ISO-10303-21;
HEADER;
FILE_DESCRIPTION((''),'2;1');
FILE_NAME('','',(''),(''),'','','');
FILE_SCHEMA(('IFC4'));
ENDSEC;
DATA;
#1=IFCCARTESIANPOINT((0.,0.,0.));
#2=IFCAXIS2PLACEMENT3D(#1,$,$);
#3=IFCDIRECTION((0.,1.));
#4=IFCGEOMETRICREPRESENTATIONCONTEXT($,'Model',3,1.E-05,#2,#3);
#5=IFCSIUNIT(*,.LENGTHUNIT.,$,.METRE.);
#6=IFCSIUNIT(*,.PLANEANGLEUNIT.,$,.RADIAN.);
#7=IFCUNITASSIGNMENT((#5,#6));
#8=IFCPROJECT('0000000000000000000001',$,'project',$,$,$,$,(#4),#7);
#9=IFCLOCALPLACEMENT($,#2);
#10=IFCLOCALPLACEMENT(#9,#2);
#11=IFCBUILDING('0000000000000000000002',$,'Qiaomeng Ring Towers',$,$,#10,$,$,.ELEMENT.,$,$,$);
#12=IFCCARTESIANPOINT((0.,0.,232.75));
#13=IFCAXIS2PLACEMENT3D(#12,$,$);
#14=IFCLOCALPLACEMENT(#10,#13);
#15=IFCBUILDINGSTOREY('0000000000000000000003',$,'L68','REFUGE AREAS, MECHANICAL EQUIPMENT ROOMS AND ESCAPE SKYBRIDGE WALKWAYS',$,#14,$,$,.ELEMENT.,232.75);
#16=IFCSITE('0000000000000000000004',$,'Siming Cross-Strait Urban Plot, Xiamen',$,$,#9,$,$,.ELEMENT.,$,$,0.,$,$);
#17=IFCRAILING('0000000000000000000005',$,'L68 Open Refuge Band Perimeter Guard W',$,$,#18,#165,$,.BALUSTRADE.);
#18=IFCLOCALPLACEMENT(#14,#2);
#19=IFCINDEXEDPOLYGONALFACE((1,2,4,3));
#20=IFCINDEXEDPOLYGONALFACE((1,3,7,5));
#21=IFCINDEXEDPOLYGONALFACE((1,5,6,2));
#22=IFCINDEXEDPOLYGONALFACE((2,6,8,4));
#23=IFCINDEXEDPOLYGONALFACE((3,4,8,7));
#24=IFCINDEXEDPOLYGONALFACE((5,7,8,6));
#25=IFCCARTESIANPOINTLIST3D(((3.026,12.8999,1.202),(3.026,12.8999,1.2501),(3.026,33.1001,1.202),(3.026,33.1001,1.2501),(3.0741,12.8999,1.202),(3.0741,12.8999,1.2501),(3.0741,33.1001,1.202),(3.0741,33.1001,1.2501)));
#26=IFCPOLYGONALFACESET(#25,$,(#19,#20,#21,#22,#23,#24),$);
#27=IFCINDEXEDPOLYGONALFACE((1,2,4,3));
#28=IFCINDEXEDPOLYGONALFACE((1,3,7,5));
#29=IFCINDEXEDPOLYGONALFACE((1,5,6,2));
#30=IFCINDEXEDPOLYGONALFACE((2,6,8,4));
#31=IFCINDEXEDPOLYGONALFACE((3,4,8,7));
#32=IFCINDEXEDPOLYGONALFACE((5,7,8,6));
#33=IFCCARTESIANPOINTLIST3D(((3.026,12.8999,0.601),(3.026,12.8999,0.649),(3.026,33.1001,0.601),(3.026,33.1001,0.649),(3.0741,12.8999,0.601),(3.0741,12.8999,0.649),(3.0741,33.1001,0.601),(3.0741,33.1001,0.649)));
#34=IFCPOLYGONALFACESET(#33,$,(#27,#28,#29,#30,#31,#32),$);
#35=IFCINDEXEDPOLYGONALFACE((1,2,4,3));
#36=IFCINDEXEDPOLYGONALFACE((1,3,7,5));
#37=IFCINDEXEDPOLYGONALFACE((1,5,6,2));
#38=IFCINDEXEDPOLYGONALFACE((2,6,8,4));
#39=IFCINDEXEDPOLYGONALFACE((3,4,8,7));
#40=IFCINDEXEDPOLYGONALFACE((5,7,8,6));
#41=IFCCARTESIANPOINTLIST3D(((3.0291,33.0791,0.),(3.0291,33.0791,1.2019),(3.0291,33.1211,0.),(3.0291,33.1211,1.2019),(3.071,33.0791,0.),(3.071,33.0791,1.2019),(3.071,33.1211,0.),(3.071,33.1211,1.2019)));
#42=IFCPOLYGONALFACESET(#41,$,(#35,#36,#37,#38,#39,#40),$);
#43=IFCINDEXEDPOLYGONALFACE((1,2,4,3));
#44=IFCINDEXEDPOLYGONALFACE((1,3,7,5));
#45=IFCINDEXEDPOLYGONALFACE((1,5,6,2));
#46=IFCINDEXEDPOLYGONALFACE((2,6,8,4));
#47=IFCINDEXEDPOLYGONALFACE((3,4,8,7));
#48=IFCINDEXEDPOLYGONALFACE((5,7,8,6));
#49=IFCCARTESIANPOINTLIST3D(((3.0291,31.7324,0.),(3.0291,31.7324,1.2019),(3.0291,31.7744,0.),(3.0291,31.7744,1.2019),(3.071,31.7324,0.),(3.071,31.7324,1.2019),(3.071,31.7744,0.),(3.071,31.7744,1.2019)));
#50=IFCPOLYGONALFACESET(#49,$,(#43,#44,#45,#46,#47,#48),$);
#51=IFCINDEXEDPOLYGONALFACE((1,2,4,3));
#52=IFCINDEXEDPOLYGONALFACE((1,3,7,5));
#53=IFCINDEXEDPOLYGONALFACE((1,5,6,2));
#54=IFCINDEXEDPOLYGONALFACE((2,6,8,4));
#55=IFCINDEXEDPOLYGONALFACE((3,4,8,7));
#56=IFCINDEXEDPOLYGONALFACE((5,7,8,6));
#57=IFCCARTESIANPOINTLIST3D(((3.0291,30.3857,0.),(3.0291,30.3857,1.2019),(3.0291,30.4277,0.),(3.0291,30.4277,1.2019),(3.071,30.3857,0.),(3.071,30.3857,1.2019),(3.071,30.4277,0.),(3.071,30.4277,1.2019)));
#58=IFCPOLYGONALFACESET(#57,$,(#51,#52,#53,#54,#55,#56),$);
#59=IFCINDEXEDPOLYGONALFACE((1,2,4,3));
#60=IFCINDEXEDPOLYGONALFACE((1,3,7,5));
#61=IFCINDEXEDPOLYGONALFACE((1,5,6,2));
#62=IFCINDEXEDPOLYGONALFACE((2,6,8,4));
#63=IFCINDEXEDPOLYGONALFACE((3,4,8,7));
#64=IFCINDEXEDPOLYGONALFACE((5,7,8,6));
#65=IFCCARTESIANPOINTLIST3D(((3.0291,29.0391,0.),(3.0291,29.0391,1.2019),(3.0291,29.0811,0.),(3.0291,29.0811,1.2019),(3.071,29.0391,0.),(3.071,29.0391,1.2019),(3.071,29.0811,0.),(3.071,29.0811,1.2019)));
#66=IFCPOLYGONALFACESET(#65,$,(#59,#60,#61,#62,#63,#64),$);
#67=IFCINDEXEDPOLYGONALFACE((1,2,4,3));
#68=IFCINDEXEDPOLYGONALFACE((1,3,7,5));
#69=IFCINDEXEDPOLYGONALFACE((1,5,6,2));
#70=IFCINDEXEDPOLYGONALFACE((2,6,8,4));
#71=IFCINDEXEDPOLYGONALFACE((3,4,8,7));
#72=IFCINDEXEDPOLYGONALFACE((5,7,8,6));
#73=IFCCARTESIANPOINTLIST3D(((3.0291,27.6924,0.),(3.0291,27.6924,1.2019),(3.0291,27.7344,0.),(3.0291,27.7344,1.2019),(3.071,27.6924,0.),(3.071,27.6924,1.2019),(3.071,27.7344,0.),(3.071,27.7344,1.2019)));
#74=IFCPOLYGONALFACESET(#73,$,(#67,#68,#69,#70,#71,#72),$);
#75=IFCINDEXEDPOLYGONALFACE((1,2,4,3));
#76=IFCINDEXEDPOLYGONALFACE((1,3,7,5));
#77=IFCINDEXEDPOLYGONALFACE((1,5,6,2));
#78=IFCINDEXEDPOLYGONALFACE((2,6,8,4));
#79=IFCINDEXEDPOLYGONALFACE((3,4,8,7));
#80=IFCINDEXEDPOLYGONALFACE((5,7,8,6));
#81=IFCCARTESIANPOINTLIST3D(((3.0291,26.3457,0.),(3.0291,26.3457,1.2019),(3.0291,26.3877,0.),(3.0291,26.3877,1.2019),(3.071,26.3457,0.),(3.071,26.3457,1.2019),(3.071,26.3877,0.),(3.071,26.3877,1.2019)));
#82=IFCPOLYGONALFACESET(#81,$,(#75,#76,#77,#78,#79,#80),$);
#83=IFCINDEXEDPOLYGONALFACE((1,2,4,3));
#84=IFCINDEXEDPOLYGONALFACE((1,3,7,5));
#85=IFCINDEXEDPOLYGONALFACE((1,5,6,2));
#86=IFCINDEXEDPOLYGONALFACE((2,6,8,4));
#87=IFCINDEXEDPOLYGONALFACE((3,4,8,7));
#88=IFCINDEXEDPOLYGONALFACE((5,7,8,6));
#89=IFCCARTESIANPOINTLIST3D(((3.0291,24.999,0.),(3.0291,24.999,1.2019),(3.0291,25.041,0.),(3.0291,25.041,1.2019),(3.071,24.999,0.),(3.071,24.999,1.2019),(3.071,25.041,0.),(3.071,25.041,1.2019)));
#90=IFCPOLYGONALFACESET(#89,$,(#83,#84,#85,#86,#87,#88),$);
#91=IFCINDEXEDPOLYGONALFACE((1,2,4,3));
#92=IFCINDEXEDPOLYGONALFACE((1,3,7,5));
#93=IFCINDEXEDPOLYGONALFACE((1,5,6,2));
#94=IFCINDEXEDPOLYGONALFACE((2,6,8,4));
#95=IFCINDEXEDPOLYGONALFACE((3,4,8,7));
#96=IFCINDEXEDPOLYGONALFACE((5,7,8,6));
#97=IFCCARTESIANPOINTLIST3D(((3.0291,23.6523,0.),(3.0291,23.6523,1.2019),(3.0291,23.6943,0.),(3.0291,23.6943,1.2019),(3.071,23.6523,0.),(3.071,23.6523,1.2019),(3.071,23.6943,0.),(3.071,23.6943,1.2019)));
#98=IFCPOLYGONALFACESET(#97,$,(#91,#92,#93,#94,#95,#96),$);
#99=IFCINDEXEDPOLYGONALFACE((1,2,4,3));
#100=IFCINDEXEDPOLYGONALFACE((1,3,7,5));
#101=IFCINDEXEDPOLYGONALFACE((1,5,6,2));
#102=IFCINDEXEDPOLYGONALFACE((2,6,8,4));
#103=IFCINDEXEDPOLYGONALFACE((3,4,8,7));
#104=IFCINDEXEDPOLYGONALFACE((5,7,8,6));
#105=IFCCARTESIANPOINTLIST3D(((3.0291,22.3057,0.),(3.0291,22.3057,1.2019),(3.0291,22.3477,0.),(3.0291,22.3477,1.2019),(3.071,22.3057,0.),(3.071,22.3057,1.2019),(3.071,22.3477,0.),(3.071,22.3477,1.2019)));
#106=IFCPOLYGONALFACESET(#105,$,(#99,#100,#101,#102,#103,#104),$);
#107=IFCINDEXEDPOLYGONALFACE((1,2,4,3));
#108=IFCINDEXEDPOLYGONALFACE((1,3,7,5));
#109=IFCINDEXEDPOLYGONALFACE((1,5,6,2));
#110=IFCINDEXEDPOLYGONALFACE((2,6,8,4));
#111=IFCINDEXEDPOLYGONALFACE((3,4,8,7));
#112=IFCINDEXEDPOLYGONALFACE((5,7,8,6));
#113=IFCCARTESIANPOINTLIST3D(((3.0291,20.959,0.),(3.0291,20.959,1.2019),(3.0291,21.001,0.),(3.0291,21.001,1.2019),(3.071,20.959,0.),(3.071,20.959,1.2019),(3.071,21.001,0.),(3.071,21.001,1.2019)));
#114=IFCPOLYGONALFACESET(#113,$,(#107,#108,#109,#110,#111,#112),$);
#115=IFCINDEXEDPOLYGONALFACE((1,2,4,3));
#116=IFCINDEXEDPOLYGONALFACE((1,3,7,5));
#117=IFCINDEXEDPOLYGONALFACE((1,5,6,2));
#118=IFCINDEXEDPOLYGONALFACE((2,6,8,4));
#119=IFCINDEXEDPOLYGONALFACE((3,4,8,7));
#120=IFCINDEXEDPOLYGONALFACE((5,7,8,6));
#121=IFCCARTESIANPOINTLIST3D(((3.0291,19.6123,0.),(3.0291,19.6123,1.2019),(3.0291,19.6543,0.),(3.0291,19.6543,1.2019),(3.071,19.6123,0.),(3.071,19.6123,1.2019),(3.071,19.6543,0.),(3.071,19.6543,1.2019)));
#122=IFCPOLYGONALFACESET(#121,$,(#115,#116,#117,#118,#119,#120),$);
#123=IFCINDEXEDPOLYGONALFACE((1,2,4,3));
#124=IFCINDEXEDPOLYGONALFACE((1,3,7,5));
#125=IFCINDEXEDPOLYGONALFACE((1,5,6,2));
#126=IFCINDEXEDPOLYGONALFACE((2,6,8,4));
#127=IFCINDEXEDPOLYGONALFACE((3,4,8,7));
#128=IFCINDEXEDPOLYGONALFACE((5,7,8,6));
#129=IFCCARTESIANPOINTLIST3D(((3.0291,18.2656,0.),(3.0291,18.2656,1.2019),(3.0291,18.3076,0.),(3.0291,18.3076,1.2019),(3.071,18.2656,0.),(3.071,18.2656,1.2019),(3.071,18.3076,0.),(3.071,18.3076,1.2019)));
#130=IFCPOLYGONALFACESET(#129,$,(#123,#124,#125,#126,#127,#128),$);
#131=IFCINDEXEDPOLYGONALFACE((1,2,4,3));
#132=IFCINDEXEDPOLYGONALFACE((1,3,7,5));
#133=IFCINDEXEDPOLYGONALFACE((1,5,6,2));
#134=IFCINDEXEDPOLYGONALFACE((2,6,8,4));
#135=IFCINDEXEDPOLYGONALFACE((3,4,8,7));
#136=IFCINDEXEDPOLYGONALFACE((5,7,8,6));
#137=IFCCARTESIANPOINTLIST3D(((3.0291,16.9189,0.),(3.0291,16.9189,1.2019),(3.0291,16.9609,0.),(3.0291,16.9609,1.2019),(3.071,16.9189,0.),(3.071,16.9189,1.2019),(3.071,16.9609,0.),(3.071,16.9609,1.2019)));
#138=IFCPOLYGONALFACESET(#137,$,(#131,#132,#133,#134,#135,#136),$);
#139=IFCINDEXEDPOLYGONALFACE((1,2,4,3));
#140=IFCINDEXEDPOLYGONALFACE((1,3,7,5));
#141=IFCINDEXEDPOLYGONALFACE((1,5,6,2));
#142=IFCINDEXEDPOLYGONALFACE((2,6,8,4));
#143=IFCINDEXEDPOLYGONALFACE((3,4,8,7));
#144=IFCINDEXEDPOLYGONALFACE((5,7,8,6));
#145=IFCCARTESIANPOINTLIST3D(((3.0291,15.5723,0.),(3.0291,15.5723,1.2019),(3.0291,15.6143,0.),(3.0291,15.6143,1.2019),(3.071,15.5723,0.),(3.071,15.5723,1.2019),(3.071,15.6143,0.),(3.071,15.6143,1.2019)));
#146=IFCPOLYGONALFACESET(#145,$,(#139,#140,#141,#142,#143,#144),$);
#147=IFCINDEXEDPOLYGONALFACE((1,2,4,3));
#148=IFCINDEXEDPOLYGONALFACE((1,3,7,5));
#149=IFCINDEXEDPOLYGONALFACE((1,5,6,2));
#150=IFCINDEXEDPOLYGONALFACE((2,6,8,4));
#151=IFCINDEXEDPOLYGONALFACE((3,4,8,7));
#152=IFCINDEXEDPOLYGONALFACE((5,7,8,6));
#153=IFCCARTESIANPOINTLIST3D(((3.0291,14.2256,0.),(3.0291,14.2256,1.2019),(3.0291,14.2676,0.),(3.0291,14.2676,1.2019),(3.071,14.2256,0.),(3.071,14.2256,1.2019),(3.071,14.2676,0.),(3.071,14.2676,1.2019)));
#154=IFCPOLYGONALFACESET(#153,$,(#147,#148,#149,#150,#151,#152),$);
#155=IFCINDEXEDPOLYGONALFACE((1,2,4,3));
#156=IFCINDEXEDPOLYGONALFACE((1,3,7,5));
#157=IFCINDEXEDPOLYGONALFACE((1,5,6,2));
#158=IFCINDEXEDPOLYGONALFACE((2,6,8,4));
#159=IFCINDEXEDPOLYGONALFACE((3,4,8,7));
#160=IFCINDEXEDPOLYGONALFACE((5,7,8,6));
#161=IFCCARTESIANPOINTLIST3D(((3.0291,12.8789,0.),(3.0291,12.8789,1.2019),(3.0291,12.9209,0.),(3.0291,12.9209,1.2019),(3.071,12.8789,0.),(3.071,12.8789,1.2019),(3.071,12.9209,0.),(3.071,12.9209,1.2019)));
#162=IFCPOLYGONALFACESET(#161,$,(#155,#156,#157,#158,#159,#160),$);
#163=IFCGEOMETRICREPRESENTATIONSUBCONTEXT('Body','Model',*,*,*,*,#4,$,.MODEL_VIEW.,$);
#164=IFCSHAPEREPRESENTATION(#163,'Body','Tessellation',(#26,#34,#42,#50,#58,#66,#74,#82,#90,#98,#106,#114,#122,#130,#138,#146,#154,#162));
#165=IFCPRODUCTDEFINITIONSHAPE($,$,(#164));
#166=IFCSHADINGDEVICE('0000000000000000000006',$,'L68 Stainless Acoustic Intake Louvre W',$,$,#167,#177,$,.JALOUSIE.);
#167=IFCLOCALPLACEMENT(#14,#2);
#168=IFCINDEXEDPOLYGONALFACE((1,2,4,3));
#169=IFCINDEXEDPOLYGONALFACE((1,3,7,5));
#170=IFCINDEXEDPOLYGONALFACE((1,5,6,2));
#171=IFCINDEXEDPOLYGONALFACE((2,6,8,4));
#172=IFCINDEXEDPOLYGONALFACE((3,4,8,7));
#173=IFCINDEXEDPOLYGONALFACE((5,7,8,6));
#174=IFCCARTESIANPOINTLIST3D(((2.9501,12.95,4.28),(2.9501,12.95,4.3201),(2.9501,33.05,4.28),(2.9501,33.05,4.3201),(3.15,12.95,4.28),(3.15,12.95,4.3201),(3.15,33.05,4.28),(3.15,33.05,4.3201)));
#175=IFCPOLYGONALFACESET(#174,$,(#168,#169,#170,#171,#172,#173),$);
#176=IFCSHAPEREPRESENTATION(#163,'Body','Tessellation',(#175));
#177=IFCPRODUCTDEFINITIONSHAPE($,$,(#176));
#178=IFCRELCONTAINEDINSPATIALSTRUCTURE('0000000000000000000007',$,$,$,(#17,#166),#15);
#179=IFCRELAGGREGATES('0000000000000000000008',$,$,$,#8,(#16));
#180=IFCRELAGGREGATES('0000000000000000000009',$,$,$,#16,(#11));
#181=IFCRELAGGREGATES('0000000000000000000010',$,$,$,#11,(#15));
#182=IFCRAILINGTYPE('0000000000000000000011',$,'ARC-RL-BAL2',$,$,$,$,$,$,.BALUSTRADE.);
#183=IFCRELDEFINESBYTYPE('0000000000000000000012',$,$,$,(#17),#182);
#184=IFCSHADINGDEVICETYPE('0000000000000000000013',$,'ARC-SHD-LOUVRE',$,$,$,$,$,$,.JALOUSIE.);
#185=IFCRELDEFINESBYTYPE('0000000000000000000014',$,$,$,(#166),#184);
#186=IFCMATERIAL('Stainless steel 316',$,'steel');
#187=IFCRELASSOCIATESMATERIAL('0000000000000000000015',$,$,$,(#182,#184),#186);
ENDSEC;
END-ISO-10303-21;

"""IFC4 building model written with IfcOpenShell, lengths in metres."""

from ifc_helpers import new_model, si_unit, direction, frame, origin, origin_2d, place, context, subcontext, project, spatial, rectangle, extrude, source, transform, mapped, material, material_profile, profile_set, type_object, element, save


model = new_model("IFC4")

# Units and contexts
model_context = context("Model", 3, precision=1e-05, world=origin(), true_north=direction((0.0, 1.0)))
body_context = subcontext(model_context, "Body", "Model", "MODEL_VIEW")
ifc_project = project(units=[si_unit("LENGTHUNIT", "METRE"), si_unit("PLANEANGLEUNIT", "RADIAN")], contexts=[model_context])

# Site, building, storey
site_placement = place(None, origin())
site = spatial("IfcSite", under=ifc_project, at=site_placement, Name="Siming Cross-Strait Urban Plot, Xiamen", CompositionType="ELEMENT", RefElevation=0.0)
building_placement = place(site_placement, origin())
building = spatial("IfcBuilding", under=site, at=building_placement, Name="Qiaomeng Ring Towers", CompositionType="ELEMENT")
storey_placement = place(building_placement, frame((0.0, 0.0, 232.75)))
storey = spatial("IfcBuildingStorey", under=building, at=storey_placement, Name="L68", Description="REFUGE AREAS, MECHANICAL EQUIPMENT ROOMS AND ESCAPE SKYBRIDGE WALKWAYS", CompositionType="ELEMENT", Elevation=232.75)

# Railing
ifc_material_1 = material(Name="Stainless steel 316", Category="steel")
railing_type = type_object("IfcRailingType", Name="ARC-RL-BAL2", PredefinedType="BALUSTRADE", material=ifc_material_1)
railing_placement = place(storey_placement, frame((3.05, 33.1001, 0.0)))
element("IfcRailing", 1, at=railing_placement, inside=storey, type_object=railing_type, Name="L68 Open Refuge Band Perimeter Guard W", PredefinedType="BALUSTRADE", context=body_context, shape_type="SweptSolid", body=[
    extrude(rectangle(XDim=0.0481, YDim=0.0481, at=origin_2d()), frame((0.0, 0.0, 1.2261), z_axis=(0.0, -1.0, 0.0), x_axis=(1.0, 0.0, 0.0)), (0.0, 0.0, 1.0), 20.2002),
    extrude(rectangle(XDim=0.0481, YDim=0.0481, at=origin_2d()), frame((0.0, 0.0, 0.625), z_axis=(0.0, -1.0, 0.0), x_axis=(1.0, 0.0, 0.0)), (0.0, 0.0, 1.0), 20.2002),
    extrude(rectangle(XDim=0.042, YDim=0.042, at=origin_2d()), origin(), (0.0, 0.0, 1.0), 1.2019),
    extrude(rectangle(XDim=0.042, YDim=0.042, at=origin_2d()), frame((0.0, -1.3467, 0.0)), (0.0, 0.0, 1.0), 1.2019),
    extrude(rectangle(XDim=0.042, YDim=0.042, at=origin_2d()), frame((0.0, -2.6934, 0.0)), (0.0, 0.0, 1.0), 1.2019),
    extrude(rectangle(XDim=0.042, YDim=0.042, at=origin_2d()), frame((0.0, -4.04, 0.0)), (0.0, 0.0, 1.0), 1.2019),
    extrude(rectangle(XDim=0.042, YDim=0.042, at=origin_2d()), frame((0.0, -5.3867, 0.0)), (0.0, 0.0, 1.0), 1.2019),
    extrude(rectangle(XDim=0.042, YDim=0.042, at=origin_2d()), frame((0.0, -6.7334, 0.0)), (0.0, 0.0, 1.0), 1.2019),
    extrude(rectangle(XDim=0.042, YDim=0.042, at=origin_2d()), frame((0.0, -8.0801, 0.0)), (0.0, 0.0, 1.0), 1.2019),
    extrude(rectangle(XDim=0.042, YDim=0.042, at=origin_2d()), frame((0.0, -9.4268, 0.0)), (0.0, 0.0, 1.0), 1.2019),
    extrude(rectangle(XDim=0.042, YDim=0.042, at=origin_2d()), frame((0.0, -10.7734, 0.0)), (0.0, 0.0, 1.0), 1.2019),
    extrude(rectangle(XDim=0.042, YDim=0.042, at=origin_2d()), frame((0.0, -12.1201, 0.0)), (0.0, 0.0, 1.0), 1.2019),
    extrude(rectangle(XDim=0.042, YDim=0.042, at=origin_2d()), frame((0.0, -13.4668, 0.0)), (0.0, 0.0, 1.0), 1.2019),
    extrude(rectangle(XDim=0.042, YDim=0.042, at=origin_2d()), frame((0.0, -14.8135, 0.0)), (0.0, 0.0, 1.0), 1.2019),
    extrude(rectangle(XDim=0.042, YDim=0.042, at=origin_2d()), frame((0.0, -16.1602, 0.0)), (0.0, 0.0, 1.0), 1.2019),
    extrude(rectangle(XDim=0.042, YDim=0.042, at=origin_2d()), frame((0.0, -17.5068, 0.0)), (0.0, 0.0, 1.0), 1.2019),
    extrude(rectangle(XDim=0.042, YDim=0.042, at=origin_2d()), frame((0.0, -18.8535, 0.0)), (0.0, 0.0, 1.0), 1.2019),
    extrude(rectangle(XDim=0.042, YDim=0.042, at=origin_2d()), frame((0.0, -20.2002, 0.0)), (0.0, 0.0, 1.0), 1.2019),
])

# Shading device
ifc_material_profile_1 = material_profile(ifc_material_1, rectangle(XDim=0.2, YDim=0.04, at=origin_2d()), Name="LV BLADE 200x40")
ifc_profile_set_1 = profile_set([ifc_material_profile_1], Name="Stainless steel 316")
shading_device_type = type_object("IfcShadingDeviceType", Name="ARC-SHD-LOUVRE", PredefinedType="JALOUSIE", material=ifc_profile_set_1)
shared_shape_1 = source(origin(), body_context, "Body", "SweptSolid", [
    extrude(rectangle(XDim=0.2, YDim=0.04, at=origin_2d()), origin(), (0.0, 0.0, 1.0), 20.1001),
])
shading_device_placement = place(storey_placement, frame((3.05, 33.05, 4.3), z_axis=(0.0, -1.0, 0.0), x_axis=(1.0, 0.0, 0.0)))
element("IfcShadingDevice", 2, at=shading_device_placement, inside=storey, type_object=shading_device_type, Name="L68 Stainless Acoustic Intake Louvre W", PredefinedType="JALOUSIE", context=body_context, shape_type="MappedRepresentation", body=[
    mapped(shared_shape_1, transform((0.0, 0.0, 0.0), x_axis=(1.0, 0.0, 0.0), y_axis=(0.0, 1.0, 0.0), z_axis=(0.0, 0.0, 1.0), scale=1.0)),
])

save(model, "model.ifc")
